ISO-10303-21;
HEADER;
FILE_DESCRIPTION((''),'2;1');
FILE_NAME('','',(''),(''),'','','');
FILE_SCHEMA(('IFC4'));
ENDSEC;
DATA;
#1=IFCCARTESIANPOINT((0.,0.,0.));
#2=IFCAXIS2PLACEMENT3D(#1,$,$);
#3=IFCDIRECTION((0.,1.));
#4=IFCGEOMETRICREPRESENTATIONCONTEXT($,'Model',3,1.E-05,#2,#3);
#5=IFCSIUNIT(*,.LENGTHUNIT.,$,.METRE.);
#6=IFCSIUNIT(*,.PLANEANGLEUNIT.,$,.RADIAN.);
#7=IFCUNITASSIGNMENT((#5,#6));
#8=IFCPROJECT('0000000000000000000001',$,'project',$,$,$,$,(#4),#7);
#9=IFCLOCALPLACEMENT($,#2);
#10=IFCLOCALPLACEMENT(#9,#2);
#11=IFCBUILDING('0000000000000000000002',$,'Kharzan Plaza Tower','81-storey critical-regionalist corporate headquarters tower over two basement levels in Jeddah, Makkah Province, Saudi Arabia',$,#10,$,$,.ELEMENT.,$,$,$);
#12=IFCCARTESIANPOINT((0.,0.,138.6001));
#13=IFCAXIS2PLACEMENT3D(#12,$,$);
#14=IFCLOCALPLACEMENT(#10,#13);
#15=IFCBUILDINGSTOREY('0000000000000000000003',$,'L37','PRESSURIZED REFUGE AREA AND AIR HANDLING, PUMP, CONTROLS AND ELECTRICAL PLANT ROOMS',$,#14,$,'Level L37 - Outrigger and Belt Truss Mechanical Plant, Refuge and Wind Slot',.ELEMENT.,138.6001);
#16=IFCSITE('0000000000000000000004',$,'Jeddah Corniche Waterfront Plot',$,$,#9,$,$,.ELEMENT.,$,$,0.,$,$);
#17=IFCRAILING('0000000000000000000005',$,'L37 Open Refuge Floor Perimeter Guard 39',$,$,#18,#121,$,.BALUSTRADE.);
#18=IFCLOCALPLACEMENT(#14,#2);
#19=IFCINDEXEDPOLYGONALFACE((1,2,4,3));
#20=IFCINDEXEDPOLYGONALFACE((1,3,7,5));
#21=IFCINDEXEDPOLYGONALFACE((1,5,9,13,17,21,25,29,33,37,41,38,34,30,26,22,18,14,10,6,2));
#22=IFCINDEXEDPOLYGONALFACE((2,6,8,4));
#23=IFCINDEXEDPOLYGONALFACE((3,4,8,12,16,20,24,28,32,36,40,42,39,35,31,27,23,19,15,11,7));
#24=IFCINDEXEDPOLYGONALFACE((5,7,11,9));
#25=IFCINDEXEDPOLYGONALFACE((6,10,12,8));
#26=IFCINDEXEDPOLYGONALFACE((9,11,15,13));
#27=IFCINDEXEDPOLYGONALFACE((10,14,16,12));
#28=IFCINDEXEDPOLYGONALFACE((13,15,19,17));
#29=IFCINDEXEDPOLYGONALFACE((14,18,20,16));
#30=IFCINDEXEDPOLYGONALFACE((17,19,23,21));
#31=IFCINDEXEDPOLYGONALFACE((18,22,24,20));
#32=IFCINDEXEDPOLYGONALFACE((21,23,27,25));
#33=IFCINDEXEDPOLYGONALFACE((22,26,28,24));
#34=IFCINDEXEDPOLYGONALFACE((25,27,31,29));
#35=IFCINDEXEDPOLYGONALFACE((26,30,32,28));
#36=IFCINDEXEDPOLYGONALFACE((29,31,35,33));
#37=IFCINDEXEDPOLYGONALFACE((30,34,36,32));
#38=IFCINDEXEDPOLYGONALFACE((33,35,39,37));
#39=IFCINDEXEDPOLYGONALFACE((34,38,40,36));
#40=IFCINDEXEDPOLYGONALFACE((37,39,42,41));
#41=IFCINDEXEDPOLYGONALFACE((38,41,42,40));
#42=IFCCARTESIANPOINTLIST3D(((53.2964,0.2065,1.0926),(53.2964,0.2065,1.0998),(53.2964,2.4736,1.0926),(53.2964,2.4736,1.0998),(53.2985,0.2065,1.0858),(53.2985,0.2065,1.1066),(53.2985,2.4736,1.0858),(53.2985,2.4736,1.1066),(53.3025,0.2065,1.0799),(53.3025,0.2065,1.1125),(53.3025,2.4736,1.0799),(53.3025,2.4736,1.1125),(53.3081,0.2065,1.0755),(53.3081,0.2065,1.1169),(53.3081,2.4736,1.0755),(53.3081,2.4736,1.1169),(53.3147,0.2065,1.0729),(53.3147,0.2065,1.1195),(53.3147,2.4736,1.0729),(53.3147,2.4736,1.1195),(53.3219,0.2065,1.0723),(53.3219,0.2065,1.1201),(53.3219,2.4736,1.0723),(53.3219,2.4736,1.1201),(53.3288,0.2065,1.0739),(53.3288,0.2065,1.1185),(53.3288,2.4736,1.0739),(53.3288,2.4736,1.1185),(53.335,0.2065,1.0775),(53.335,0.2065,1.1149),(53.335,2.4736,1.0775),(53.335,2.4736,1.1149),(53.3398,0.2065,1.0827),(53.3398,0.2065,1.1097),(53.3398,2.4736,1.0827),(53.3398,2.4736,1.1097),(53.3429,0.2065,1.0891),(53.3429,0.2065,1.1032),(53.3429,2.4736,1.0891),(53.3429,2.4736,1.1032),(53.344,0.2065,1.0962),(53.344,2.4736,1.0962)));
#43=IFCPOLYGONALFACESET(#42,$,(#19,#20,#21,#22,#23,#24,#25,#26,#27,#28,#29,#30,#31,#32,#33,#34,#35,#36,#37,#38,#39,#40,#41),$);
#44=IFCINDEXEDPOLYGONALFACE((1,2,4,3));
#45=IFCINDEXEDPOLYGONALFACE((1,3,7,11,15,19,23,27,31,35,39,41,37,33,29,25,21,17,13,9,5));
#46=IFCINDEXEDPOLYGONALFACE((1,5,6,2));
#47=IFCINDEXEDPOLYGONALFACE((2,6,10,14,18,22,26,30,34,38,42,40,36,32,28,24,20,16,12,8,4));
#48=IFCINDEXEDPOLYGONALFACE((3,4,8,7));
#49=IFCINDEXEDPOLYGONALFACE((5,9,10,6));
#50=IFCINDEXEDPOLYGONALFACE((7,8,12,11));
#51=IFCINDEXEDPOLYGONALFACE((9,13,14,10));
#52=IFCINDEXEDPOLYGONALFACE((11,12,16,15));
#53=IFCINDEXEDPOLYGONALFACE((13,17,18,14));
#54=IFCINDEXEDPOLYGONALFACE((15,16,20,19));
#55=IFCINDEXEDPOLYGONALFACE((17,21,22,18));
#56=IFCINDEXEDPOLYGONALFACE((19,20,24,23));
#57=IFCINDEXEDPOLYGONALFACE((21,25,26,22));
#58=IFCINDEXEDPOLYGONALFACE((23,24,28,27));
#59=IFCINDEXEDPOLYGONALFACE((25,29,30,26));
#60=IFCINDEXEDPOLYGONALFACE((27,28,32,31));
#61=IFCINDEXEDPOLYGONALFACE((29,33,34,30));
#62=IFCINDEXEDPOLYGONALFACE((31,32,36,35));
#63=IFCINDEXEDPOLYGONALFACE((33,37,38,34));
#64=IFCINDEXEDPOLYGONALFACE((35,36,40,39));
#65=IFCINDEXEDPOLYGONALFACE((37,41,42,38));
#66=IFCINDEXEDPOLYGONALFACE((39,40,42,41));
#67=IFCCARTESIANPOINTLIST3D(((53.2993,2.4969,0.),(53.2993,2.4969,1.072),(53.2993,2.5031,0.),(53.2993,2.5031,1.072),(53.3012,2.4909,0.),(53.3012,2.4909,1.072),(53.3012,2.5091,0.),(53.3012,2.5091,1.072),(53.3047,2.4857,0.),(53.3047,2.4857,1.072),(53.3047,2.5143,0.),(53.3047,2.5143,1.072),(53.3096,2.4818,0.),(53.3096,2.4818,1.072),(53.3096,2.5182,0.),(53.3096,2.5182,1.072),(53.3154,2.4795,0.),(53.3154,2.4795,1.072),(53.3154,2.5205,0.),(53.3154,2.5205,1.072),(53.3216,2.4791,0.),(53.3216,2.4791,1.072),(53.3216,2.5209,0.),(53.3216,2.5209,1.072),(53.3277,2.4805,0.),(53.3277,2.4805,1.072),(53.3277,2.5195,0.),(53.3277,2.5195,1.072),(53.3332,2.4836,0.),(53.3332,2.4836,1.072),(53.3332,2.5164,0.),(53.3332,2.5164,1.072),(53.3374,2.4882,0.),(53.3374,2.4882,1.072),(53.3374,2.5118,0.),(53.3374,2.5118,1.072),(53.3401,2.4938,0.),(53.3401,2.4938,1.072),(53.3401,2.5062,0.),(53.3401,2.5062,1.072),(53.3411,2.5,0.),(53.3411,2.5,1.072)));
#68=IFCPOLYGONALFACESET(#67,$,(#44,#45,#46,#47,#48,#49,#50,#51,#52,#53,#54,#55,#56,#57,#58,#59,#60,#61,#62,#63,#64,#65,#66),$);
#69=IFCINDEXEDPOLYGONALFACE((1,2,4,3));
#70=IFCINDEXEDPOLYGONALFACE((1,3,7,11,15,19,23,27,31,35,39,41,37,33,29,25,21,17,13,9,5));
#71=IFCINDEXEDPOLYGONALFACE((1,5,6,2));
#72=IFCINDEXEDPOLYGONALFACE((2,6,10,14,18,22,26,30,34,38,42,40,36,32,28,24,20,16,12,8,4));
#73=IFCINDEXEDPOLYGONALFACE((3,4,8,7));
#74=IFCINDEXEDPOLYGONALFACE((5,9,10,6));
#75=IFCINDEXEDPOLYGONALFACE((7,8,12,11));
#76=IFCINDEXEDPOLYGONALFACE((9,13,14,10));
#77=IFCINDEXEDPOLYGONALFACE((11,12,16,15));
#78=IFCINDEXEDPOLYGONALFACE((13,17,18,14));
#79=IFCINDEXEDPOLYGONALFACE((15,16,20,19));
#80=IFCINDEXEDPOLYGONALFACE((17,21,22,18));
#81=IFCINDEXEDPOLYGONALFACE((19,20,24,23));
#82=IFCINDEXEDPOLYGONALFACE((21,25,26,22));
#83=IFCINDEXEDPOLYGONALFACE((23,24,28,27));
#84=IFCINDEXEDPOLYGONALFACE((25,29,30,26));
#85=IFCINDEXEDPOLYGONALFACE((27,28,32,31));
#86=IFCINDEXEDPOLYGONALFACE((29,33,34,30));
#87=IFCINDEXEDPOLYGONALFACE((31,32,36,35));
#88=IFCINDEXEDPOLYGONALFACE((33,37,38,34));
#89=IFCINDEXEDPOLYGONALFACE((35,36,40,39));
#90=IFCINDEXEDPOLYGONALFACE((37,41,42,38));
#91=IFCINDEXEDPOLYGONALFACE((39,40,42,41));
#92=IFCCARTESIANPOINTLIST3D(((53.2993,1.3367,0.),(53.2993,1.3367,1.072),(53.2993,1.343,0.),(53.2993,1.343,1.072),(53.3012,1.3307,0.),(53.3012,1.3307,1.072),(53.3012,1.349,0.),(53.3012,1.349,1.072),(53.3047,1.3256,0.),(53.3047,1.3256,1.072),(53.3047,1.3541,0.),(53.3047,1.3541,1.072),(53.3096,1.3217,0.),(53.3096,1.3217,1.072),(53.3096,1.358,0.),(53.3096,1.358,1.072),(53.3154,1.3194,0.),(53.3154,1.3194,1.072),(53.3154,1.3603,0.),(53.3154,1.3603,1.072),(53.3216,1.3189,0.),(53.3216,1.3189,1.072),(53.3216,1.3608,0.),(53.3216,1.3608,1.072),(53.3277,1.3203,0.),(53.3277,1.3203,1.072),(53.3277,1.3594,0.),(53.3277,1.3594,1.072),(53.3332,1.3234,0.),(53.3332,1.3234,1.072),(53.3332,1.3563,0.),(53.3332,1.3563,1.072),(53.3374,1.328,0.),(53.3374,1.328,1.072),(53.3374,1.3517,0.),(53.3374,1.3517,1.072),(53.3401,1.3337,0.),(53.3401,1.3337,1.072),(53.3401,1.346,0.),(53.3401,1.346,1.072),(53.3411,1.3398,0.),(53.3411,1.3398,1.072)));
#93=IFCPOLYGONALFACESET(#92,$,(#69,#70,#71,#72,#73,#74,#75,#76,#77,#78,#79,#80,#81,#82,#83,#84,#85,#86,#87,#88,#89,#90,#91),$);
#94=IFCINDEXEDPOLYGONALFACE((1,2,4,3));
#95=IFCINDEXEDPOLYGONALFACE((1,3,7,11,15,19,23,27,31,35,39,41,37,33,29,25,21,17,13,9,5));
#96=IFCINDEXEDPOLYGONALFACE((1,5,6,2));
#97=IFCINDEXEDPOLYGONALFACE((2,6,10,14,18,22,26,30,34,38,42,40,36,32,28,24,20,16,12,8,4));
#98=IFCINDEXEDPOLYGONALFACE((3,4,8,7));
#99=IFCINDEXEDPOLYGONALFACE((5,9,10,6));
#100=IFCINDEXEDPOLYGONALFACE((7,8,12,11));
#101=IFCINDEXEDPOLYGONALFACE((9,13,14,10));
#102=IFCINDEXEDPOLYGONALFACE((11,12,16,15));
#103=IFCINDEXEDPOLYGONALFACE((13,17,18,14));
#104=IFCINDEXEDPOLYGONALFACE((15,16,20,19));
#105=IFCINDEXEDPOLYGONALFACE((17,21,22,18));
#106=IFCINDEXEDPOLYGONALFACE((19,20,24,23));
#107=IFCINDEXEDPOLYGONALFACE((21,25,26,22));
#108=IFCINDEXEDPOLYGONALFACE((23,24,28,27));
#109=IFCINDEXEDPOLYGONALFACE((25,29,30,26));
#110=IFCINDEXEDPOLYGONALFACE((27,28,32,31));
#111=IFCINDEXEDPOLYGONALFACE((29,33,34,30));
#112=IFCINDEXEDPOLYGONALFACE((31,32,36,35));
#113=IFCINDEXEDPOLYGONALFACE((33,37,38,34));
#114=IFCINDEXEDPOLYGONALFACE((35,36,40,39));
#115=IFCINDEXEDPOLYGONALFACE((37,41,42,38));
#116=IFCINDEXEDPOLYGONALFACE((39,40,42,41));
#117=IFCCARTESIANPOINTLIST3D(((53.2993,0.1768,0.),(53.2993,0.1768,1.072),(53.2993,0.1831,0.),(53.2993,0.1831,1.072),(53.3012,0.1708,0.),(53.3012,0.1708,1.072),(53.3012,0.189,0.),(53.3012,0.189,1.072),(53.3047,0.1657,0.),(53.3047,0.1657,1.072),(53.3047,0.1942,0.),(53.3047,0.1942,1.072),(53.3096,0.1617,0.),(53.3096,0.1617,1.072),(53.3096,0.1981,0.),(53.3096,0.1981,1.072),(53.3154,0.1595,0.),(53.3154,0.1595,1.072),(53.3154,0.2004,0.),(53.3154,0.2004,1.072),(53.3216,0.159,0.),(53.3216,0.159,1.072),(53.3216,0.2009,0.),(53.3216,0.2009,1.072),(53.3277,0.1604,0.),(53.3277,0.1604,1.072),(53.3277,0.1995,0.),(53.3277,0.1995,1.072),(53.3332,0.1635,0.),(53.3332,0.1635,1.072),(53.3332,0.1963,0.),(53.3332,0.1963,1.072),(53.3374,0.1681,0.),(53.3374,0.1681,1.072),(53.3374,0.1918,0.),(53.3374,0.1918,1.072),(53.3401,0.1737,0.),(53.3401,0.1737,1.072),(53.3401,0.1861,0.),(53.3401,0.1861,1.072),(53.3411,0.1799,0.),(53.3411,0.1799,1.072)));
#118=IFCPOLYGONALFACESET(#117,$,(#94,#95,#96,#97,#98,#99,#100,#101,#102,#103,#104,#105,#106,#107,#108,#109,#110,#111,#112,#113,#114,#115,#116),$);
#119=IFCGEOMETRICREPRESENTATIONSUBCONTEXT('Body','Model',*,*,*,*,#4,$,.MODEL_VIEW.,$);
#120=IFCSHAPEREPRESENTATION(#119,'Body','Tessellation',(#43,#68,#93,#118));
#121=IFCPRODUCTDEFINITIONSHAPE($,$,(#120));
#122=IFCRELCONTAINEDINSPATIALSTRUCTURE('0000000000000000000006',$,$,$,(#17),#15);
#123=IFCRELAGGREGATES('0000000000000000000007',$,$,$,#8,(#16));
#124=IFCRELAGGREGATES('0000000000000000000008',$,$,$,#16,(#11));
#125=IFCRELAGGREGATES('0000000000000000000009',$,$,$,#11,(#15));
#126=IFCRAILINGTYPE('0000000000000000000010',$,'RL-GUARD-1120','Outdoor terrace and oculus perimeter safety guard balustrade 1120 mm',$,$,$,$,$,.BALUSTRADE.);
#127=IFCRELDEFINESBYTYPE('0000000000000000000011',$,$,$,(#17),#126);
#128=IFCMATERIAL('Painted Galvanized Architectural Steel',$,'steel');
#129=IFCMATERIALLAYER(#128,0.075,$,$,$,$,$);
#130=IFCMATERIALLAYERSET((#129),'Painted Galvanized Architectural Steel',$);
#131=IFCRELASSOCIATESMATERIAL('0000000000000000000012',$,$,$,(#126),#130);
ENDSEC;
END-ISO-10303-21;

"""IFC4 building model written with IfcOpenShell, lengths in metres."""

from ifc_helpers import new_model, si_unit, direction, frame, origin, origin_2d, place, context, subcontext, project, spatial, circle, extrude, source, transform, mapped, material, layer, layer_set, type_object, element, save


model = new_model("IFC4")

# Units and contexts
model_context = context("Model", 3, precision=1e-05, world=origin(), true_north=direction((0.0, 1.0)))
body_context = subcontext(model_context, "Body", "Model", "MODEL_VIEW")
ifc_project = project(units=[si_unit("LENGTHUNIT", "METRE"), si_unit("PLANEANGLEUNIT", "RADIAN")], contexts=[model_context])

# Site, building, storey
site_placement = place(None, origin())
site = spatial("IfcSite", under=ifc_project, at=site_placement, Name="Jeddah Corniche Waterfront Plot", CompositionType="ELEMENT", RefElevation=0.0)
building_placement = place(site_placement, origin())
building = spatial("IfcBuilding", under=site, at=building_placement, Name="Kharzan Plaza Tower", Description="81-storey critical-regionalist corporate headquarters tower over two basement levels in Jeddah, Makkah Province, Saudi Arabia", CompositionType="ELEMENT")
storey_placement = place(building_placement, frame((0.0, 0.0, 138.6001)))
storey = spatial("IfcBuildingStorey", under=building, at=storey_placement, Name="L37", Description="PRESSURIZED REFUGE AREA AND AIR HANDLING, PUMP, CONTROLS AND ELECTRICAL PLANT ROOMS", LongName="Level L37 - Outrigger and Belt Truss Mechanical Plant, Refuge and Wind Slot", CompositionType="ELEMENT", Elevation=138.6001)

# Railing
ifc_material_1 = material(Name="Painted Galvanized Architectural Steel", Category="steel")
ifc_layer_1 = layer(ifc_material_1, 0.075)
ifc_layer_set_1 = layer_set([ifc_layer_1], Name="Painted Galvanized Architectural Steel")
railing_type = type_object("IfcRailingType", Name="RL-GUARD-1120", Description="Outdoor terrace and oculus perimeter safety guard balustrade 1120 mm", PredefinedType="BALUSTRADE", material=ifc_layer_set_1)
shared_shape_1 = source(origin(), body_context, "Body", "SweptSolid", [
    extrude(circle(Radius=0.0239, at=origin_2d()), frame((0.0, -0.0264, 1.0962), z_axis=(0.0, -1.0, 0.0), x_axis=(1.0, 0.0, 0.0)), (0.0, 0.0, 1.0), 2.2671),
    extrude(circle(Radius=0.021, at=origin_2d()), origin(), (0.0, 0.0, 1.0), 1.072),
    extrude(circle(Radius=0.021, at=origin_2d()), frame((0.0, -1.1602, 0.0)), (0.0, 0.0, 1.0), 1.072),
    extrude(circle(Radius=0.021, at=origin_2d()), frame((0.0, -2.3201, 0.0)), (0.0, 0.0, 1.0), 1.072),
])
railing_1_placement = place(storey_placement, frame((53.3201, 2.5, 0.0)))
element("IfcRailing", 1, at=railing_1_placement, inside=storey, type_object=railing_type, Name="L37 Open Refuge Floor Perimeter Guard 39", PredefinedType="BALUSTRADE", context=body_context, shape_type="MappedRepresentation", body=[
    mapped(shared_shape_1, transform((0.0, 0.0, 0.0), x_axis=(1.0, 0.0, 0.0), y_axis=(0.0, 1.0, 0.0), z_axis=(0.0, 0.0, 1.0))),
])

save(model, "model.ifc")
